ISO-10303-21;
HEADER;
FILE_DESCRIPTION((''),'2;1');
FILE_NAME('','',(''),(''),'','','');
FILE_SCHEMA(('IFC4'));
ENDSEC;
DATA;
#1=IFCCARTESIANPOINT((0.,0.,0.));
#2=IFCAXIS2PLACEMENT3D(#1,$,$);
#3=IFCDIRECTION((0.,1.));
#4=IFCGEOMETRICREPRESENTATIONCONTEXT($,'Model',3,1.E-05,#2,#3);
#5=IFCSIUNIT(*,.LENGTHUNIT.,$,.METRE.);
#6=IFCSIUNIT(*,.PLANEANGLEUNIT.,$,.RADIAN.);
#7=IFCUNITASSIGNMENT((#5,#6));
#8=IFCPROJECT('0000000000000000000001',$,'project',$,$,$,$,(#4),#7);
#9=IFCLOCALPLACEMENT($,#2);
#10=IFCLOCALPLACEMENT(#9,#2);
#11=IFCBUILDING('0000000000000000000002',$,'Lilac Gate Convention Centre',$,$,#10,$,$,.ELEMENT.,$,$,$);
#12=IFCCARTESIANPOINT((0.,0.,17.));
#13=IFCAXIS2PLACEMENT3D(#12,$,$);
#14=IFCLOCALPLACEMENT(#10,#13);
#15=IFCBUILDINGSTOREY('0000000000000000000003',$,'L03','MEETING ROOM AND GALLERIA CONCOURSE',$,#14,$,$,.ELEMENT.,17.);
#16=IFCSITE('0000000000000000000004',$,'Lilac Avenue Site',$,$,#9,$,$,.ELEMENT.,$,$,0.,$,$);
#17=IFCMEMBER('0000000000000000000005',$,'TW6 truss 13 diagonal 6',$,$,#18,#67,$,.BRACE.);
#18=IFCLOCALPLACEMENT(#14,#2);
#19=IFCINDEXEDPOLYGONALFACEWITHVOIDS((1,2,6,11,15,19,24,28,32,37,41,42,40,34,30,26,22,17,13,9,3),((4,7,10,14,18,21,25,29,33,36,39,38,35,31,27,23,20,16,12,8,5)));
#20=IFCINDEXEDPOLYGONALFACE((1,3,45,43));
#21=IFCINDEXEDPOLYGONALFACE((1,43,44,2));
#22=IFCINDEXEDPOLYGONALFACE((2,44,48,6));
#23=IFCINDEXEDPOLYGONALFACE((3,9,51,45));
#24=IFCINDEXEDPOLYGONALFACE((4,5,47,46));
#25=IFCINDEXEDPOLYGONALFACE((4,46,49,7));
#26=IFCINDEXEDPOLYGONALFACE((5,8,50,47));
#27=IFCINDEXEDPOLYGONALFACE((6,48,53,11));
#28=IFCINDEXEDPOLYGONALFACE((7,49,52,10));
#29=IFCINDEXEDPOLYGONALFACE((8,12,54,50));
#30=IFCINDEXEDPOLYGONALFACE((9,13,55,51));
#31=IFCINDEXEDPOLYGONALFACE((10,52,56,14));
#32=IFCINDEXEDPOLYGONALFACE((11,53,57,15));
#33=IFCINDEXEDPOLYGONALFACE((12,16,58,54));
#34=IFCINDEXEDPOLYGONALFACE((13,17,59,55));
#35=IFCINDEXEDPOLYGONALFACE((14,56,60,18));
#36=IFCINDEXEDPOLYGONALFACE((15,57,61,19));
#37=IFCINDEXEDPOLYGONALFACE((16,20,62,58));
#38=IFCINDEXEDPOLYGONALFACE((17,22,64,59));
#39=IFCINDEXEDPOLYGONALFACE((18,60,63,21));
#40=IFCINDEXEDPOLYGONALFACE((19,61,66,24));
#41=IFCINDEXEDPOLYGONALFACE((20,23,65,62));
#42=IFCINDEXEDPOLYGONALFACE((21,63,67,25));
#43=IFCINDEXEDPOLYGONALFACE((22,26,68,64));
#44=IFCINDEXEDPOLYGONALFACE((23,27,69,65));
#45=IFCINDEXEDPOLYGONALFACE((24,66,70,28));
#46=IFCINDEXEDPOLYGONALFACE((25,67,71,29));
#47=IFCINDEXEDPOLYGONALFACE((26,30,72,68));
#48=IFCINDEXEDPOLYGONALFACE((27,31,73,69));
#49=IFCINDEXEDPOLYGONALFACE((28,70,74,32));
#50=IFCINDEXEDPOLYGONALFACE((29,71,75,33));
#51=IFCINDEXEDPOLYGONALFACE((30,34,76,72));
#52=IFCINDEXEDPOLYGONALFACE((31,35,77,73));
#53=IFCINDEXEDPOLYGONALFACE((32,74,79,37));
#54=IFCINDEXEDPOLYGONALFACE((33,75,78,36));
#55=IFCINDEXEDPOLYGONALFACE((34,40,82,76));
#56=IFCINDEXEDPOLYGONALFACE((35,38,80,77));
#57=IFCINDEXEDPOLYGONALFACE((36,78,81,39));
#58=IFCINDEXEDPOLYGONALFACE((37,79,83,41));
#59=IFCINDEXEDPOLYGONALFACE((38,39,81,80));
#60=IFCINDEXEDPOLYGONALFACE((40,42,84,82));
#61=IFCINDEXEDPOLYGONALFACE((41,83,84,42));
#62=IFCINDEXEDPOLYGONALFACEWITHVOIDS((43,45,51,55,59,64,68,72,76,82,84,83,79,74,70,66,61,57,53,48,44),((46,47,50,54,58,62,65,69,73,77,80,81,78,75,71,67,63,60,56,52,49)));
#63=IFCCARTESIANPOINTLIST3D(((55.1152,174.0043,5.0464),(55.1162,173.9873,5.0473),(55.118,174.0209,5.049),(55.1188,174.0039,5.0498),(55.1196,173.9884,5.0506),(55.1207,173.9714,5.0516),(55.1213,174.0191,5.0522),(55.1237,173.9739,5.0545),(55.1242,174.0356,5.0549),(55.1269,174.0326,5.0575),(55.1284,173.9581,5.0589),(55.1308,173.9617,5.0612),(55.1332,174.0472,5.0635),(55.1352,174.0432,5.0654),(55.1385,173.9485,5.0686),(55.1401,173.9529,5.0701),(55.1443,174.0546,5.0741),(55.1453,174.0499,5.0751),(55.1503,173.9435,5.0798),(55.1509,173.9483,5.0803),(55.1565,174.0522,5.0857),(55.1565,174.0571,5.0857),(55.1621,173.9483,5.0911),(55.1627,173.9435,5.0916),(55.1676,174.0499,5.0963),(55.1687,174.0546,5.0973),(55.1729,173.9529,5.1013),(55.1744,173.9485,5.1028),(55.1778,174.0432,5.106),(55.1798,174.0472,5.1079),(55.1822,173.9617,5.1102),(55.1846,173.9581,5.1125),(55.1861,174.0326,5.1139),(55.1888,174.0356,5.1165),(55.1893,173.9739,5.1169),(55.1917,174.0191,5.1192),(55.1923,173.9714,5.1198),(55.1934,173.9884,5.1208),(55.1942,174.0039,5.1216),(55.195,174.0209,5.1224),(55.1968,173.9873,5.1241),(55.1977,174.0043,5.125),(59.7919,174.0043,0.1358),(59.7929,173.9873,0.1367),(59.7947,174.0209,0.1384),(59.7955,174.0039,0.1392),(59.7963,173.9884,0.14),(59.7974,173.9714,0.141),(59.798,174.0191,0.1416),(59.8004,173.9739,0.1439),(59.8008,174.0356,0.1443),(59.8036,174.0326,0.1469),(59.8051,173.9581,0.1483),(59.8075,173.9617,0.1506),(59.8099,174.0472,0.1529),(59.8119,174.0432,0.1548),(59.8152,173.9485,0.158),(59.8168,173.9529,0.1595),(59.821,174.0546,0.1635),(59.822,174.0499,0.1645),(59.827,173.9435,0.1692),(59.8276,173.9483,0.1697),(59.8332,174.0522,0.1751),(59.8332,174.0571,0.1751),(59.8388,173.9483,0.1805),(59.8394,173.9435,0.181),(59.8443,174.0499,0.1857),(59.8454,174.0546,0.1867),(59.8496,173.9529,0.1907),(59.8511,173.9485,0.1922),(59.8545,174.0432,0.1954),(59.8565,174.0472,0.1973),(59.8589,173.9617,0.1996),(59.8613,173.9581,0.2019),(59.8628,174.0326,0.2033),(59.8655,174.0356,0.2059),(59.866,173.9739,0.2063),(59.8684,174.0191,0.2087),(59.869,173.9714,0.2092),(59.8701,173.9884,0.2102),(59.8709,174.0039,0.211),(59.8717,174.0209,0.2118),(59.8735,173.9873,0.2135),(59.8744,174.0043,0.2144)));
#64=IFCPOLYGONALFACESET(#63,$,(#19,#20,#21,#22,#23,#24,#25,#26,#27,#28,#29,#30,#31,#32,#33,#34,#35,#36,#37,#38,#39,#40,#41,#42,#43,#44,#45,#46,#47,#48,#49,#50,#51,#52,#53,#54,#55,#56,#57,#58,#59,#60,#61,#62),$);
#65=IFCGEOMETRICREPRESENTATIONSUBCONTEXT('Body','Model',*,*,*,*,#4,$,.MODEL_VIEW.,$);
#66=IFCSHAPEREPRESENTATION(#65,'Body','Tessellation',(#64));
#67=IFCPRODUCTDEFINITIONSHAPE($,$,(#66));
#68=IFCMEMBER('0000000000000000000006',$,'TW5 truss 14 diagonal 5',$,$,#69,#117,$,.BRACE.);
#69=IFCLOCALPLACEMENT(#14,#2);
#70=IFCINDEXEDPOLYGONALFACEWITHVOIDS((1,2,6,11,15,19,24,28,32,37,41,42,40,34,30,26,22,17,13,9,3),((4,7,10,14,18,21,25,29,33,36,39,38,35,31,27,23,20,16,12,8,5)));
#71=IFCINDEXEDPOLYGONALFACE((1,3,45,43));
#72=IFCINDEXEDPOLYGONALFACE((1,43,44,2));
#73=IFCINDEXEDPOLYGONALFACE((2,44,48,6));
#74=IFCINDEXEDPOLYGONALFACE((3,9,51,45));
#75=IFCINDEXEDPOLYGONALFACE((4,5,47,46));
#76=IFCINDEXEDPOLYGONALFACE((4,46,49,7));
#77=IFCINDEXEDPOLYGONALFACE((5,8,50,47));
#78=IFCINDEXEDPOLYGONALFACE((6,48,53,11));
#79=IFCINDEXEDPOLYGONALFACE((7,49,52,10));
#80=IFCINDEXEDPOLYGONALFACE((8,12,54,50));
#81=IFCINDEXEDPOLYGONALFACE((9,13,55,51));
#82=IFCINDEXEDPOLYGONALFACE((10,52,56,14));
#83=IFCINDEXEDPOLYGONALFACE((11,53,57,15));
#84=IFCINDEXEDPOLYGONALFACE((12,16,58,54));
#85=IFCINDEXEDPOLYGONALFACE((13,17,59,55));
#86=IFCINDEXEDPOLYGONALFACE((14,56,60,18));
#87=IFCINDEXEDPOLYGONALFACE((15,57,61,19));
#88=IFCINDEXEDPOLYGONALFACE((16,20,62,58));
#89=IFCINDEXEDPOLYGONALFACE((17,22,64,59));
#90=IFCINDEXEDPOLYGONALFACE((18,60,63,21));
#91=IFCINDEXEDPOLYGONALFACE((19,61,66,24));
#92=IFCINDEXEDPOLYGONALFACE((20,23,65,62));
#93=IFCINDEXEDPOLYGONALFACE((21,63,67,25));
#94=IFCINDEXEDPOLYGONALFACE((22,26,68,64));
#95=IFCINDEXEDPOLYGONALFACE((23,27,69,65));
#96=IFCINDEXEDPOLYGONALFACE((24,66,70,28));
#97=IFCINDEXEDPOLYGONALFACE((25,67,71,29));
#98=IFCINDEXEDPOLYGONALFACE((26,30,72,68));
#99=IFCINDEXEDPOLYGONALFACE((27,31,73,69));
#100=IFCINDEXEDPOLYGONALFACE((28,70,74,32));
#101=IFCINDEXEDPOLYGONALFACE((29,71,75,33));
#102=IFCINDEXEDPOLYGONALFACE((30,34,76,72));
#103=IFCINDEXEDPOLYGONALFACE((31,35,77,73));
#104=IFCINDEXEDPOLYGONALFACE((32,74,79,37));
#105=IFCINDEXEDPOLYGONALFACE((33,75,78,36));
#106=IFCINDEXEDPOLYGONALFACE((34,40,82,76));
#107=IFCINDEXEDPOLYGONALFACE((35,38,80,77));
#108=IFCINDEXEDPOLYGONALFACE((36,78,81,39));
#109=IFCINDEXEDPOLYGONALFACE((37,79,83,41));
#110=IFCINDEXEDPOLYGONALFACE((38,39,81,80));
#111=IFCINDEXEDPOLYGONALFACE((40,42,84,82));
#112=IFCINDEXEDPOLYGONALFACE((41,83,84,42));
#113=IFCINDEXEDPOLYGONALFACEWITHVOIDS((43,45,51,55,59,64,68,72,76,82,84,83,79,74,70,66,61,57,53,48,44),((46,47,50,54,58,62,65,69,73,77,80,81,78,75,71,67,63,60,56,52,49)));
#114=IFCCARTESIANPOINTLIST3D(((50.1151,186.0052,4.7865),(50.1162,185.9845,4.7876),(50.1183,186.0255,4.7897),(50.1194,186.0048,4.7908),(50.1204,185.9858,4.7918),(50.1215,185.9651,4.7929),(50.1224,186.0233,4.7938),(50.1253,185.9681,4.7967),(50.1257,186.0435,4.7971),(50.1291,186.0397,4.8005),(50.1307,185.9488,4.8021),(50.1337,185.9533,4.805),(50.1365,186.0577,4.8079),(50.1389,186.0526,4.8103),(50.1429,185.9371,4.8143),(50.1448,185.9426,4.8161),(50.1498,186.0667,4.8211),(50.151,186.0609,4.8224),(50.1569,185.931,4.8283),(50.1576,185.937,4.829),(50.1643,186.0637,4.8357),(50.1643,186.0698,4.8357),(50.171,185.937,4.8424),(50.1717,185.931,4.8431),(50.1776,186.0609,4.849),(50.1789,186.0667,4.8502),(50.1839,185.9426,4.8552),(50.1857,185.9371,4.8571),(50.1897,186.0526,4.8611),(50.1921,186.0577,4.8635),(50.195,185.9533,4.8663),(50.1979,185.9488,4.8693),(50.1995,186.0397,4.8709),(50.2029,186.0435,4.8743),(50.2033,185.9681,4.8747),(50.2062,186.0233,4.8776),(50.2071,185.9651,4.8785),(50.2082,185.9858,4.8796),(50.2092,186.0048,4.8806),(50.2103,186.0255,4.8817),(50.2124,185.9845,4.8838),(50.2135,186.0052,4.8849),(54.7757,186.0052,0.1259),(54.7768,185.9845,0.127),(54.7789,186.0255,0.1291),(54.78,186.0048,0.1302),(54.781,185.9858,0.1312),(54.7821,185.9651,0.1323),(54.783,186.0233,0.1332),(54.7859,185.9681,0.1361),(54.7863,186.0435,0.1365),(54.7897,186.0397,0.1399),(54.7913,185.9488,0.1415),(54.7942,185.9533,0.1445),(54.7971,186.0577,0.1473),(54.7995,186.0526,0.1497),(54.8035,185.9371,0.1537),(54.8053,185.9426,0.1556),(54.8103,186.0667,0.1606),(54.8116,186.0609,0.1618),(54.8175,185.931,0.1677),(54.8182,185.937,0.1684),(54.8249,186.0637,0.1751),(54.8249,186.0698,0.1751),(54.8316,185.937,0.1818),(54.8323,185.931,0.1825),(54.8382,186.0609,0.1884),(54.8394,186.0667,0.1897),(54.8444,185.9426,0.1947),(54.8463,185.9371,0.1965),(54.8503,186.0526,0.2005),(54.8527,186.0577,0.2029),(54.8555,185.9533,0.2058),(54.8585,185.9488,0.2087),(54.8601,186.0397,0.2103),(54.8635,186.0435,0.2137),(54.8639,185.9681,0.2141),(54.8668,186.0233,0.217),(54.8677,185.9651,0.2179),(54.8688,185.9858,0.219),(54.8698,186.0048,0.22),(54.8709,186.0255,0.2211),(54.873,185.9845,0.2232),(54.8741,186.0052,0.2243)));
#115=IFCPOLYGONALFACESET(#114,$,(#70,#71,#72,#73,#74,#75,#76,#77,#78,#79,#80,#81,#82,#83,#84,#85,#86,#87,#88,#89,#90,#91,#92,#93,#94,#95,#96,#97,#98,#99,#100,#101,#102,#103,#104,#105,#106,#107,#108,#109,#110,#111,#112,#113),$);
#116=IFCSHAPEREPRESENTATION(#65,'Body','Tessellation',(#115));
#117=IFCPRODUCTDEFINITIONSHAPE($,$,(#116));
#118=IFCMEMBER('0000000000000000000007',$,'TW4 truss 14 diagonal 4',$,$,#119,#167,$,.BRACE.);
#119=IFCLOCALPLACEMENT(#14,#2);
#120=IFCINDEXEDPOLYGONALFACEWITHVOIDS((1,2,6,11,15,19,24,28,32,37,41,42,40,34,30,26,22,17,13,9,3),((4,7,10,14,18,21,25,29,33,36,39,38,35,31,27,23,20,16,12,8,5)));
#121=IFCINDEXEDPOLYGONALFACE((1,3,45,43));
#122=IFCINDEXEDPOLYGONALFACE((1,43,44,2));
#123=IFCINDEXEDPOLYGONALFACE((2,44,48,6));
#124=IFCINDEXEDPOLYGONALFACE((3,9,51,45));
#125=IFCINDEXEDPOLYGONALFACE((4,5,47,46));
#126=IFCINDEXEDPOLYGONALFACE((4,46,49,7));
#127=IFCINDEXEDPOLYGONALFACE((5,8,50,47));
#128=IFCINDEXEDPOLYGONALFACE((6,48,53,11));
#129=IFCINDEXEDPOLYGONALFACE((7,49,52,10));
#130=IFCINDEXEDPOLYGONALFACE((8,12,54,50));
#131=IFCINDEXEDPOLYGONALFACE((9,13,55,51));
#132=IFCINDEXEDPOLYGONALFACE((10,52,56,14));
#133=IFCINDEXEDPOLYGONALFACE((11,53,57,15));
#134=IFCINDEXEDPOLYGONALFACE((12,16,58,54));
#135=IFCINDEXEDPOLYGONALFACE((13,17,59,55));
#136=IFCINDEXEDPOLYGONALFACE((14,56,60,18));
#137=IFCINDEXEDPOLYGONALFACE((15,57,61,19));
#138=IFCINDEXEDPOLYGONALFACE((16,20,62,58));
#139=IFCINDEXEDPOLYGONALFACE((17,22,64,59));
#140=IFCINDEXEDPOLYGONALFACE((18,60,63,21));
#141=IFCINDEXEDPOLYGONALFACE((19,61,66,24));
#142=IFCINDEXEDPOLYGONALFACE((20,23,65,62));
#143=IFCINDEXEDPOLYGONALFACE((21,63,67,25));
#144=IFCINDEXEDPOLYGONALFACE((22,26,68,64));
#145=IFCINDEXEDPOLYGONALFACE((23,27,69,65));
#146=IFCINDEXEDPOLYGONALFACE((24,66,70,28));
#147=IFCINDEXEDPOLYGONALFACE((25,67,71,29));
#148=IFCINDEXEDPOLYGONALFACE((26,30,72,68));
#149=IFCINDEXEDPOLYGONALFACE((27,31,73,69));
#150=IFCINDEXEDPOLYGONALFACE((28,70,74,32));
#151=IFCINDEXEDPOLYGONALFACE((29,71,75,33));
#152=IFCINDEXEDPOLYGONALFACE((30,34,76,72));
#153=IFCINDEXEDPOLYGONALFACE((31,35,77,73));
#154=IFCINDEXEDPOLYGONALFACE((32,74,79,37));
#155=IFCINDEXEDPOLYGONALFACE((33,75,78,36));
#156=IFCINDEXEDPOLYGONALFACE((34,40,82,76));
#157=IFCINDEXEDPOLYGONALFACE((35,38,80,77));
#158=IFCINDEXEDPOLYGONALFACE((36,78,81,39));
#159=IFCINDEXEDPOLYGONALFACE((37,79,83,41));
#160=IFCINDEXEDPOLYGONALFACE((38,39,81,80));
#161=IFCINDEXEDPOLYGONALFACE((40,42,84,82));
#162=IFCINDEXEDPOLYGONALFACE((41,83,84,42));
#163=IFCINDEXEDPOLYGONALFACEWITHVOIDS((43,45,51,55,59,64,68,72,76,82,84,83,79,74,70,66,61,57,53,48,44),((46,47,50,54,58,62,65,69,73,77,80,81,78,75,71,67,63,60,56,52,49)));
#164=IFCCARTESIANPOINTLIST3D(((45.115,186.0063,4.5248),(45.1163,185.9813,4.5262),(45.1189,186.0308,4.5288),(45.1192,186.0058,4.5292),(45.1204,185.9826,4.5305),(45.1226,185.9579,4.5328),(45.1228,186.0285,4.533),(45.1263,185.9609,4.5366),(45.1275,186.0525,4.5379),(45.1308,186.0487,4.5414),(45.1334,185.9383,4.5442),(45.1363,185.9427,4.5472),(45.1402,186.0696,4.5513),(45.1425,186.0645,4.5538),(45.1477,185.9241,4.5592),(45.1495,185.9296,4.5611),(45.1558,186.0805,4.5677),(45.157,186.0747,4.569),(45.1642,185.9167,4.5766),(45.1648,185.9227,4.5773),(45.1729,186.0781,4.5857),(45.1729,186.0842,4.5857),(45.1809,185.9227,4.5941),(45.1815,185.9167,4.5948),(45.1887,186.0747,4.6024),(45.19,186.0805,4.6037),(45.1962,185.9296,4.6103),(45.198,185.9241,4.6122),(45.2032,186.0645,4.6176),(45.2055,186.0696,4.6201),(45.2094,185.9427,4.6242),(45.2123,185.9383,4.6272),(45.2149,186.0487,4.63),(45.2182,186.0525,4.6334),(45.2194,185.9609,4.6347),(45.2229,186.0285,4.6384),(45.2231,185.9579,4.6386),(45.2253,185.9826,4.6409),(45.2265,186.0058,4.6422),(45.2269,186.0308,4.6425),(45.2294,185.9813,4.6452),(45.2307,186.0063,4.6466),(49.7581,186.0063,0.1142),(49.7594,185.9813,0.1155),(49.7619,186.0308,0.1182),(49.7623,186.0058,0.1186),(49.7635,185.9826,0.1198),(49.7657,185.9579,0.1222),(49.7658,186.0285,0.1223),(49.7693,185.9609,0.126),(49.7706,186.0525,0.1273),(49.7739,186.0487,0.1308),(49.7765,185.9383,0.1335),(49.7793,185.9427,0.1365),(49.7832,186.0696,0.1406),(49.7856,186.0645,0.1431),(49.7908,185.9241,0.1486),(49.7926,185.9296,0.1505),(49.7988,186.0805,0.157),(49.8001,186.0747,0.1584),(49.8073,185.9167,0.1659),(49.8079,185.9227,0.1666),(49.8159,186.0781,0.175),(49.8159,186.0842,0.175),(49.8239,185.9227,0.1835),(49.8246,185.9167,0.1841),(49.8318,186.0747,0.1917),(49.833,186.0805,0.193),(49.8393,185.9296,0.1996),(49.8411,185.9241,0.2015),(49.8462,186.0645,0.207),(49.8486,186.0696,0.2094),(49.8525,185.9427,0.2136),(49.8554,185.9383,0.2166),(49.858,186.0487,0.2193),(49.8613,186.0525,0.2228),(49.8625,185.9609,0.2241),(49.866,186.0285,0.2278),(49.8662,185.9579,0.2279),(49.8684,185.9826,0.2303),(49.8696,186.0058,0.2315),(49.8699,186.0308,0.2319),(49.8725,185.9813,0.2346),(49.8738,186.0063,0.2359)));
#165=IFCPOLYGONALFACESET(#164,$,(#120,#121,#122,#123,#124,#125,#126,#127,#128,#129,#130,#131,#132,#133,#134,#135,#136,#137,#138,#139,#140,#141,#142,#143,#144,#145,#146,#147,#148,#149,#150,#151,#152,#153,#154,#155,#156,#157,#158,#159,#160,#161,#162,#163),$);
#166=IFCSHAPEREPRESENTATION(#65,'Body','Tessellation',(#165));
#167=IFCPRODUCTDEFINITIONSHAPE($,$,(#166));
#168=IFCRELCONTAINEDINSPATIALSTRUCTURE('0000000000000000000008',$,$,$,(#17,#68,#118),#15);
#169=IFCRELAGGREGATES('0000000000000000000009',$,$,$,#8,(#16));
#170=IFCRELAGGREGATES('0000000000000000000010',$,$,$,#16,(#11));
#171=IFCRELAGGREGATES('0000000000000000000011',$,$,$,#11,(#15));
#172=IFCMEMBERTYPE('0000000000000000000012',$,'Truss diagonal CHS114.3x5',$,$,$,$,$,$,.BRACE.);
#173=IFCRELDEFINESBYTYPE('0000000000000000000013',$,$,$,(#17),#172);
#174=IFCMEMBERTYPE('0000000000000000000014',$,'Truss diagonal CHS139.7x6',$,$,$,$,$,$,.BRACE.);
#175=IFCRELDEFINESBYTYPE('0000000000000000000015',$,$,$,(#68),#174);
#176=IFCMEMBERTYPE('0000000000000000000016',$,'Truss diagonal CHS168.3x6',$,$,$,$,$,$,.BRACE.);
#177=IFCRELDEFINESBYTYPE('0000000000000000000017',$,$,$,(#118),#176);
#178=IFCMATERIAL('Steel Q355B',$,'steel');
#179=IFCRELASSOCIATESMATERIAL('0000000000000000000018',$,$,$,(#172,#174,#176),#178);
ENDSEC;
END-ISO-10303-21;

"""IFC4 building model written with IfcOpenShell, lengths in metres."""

from ifc_helpers import new_model, si_unit, direction, frame, origin, origin_2d, place, context, subcontext, project, spatial, hollow_circle, extrude, material, material_profile, profile_set, type_object, element, save


model = new_model("IFC4")

# Units and contexts
model_context = context("Model", 3, precision=1e-05, world=origin(), true_north=direction((0.0, 1.0)))
body_context = subcontext(model_context, "Body", "Model", "MODEL_VIEW")
ifc_project = project(units=[si_unit("LENGTHUNIT", "METRE"), si_unit("PLANEANGLEUNIT", "RADIAN")], contexts=[model_context])

# Site, building, storey
site_placement = place(None, origin())
site = spatial("IfcSite", under=ifc_project, at=site_placement, Name="Lilac Avenue Site", CompositionType="ELEMENT", RefElevation=0.0)
building_placement = place(site_placement, origin())
building = spatial("IfcBuilding", under=site, at=building_placement, Name="Lilac Gate Convention Centre", CompositionType="ELEMENT")
storey_placement = place(building_placement, frame((0.0, 0.0, 17.0)))
storey = spatial("IfcBuildingStorey", under=building, at=storey_placement, Name="L03", Description="MEETING ROOM AND GALLERIA CONCOURSE", CompositionType="ELEMENT", Elevation=17.0)

# Members
ifc_material = material(Name="Steel Q355B", Category="steel")
ifc_material_profile_1 = material_profile(ifc_material, hollow_circle(Radius=0.0571, WallThickness=0.0049, at=origin_2d()), Name="CHS114.3x5")
ifc_profile_set_1 = profile_set([ifc_material_profile_1], Name="Steel Q355B")
member_type_1 = type_object("IfcMemberType", Name="Truss diagonal CHS114.3x5", PredefinedType="BRACE", material=ifc_profile_set_1)
member_1_placement = place(storey_placement, frame((55.1565, 174.0, 5.0857), z_axis=(0.689652, 0.0, -0.724141), x_axis=(0.0, 1.0, 0.0)))
element("IfcMember", 1, at=member_1_placement, inside=storey, type_object=member_type_1, Name="TW6 truss 13 diagonal 6", PredefinedType="BRACE", context=body_context, shape_type="SweptSolid", body=[
    extrude(hollow_circle(Radius=0.0571, WallThickness=0.0049, at=origin_2d()), origin(), (0.0, 0.0, 1.0), 6.7812),
])
ifc_material_profile_2 = material_profile(ifc_material, hollow_circle(Radius=0.0698, WallThickness=0.0061, at=origin_2d()), Name="CHS139.7x6")
ifc_profile_set_2 = profile_set([ifc_material_profile_2], Name="Steel Q355B")
member_type_2 = type_object("IfcMemberType", Name="Truss diagonal CHS139.7x6", PredefinedType="BRACE", material=ifc_profile_set_2)
member_2_placement = place(storey_placement, frame((50.1643, 186.0, 4.8357), z_axis=(0.707107, 0.0, -0.707107), x_axis=(0.0, 1.0, 0.0)))
element("IfcMember", 2, at=member_2_placement, inside=storey, type_object=member_type_2, Name="TW5 truss 14 diagonal 5", PredefinedType="BRACE", context=body_context, shape_type="SweptSolid", body=[
    extrude(hollow_circle(Radius=0.0698, WallThickness=0.0061, at=origin_2d()), origin(), (0.0, 0.0, 1.0), 6.5911),
])
ifc_material_profile_3 = material_profile(ifc_material, hollow_circle(Radius=0.0842, WallThickness=0.0061, at=origin_2d()), Name="CHS168.3x6")
ifc_profile_set_3 = profile_set([ifc_material_profile_3], Name="Steel Q355B")
member_type_3 = type_object("IfcMemberType", Name="Truss diagonal CHS168.3x6", PredefinedType="BRACE", material=ifc_profile_set_3)
member_3_placement = place(storey_placement, frame((45.1729, 186.0, 4.5857), z_axis=(0.72502, 0.0, -0.688727), x_axis=(0.0, 1.0, 0.0)))
element("IfcMember", 3, at=member_3_placement, inside=storey, type_object=member_type_3, Name="TW4 truss 14 diagonal 4", PredefinedType="BRACE", context=body_context, shape_type="SweptSolid", body=[
    extrude(hollow_circle(Radius=0.0842, WallThickness=0.0061, at=origin_2d()), origin(), (0.0, 0.0, 1.0), 6.4041),
])

save(model, "model.ifc")
